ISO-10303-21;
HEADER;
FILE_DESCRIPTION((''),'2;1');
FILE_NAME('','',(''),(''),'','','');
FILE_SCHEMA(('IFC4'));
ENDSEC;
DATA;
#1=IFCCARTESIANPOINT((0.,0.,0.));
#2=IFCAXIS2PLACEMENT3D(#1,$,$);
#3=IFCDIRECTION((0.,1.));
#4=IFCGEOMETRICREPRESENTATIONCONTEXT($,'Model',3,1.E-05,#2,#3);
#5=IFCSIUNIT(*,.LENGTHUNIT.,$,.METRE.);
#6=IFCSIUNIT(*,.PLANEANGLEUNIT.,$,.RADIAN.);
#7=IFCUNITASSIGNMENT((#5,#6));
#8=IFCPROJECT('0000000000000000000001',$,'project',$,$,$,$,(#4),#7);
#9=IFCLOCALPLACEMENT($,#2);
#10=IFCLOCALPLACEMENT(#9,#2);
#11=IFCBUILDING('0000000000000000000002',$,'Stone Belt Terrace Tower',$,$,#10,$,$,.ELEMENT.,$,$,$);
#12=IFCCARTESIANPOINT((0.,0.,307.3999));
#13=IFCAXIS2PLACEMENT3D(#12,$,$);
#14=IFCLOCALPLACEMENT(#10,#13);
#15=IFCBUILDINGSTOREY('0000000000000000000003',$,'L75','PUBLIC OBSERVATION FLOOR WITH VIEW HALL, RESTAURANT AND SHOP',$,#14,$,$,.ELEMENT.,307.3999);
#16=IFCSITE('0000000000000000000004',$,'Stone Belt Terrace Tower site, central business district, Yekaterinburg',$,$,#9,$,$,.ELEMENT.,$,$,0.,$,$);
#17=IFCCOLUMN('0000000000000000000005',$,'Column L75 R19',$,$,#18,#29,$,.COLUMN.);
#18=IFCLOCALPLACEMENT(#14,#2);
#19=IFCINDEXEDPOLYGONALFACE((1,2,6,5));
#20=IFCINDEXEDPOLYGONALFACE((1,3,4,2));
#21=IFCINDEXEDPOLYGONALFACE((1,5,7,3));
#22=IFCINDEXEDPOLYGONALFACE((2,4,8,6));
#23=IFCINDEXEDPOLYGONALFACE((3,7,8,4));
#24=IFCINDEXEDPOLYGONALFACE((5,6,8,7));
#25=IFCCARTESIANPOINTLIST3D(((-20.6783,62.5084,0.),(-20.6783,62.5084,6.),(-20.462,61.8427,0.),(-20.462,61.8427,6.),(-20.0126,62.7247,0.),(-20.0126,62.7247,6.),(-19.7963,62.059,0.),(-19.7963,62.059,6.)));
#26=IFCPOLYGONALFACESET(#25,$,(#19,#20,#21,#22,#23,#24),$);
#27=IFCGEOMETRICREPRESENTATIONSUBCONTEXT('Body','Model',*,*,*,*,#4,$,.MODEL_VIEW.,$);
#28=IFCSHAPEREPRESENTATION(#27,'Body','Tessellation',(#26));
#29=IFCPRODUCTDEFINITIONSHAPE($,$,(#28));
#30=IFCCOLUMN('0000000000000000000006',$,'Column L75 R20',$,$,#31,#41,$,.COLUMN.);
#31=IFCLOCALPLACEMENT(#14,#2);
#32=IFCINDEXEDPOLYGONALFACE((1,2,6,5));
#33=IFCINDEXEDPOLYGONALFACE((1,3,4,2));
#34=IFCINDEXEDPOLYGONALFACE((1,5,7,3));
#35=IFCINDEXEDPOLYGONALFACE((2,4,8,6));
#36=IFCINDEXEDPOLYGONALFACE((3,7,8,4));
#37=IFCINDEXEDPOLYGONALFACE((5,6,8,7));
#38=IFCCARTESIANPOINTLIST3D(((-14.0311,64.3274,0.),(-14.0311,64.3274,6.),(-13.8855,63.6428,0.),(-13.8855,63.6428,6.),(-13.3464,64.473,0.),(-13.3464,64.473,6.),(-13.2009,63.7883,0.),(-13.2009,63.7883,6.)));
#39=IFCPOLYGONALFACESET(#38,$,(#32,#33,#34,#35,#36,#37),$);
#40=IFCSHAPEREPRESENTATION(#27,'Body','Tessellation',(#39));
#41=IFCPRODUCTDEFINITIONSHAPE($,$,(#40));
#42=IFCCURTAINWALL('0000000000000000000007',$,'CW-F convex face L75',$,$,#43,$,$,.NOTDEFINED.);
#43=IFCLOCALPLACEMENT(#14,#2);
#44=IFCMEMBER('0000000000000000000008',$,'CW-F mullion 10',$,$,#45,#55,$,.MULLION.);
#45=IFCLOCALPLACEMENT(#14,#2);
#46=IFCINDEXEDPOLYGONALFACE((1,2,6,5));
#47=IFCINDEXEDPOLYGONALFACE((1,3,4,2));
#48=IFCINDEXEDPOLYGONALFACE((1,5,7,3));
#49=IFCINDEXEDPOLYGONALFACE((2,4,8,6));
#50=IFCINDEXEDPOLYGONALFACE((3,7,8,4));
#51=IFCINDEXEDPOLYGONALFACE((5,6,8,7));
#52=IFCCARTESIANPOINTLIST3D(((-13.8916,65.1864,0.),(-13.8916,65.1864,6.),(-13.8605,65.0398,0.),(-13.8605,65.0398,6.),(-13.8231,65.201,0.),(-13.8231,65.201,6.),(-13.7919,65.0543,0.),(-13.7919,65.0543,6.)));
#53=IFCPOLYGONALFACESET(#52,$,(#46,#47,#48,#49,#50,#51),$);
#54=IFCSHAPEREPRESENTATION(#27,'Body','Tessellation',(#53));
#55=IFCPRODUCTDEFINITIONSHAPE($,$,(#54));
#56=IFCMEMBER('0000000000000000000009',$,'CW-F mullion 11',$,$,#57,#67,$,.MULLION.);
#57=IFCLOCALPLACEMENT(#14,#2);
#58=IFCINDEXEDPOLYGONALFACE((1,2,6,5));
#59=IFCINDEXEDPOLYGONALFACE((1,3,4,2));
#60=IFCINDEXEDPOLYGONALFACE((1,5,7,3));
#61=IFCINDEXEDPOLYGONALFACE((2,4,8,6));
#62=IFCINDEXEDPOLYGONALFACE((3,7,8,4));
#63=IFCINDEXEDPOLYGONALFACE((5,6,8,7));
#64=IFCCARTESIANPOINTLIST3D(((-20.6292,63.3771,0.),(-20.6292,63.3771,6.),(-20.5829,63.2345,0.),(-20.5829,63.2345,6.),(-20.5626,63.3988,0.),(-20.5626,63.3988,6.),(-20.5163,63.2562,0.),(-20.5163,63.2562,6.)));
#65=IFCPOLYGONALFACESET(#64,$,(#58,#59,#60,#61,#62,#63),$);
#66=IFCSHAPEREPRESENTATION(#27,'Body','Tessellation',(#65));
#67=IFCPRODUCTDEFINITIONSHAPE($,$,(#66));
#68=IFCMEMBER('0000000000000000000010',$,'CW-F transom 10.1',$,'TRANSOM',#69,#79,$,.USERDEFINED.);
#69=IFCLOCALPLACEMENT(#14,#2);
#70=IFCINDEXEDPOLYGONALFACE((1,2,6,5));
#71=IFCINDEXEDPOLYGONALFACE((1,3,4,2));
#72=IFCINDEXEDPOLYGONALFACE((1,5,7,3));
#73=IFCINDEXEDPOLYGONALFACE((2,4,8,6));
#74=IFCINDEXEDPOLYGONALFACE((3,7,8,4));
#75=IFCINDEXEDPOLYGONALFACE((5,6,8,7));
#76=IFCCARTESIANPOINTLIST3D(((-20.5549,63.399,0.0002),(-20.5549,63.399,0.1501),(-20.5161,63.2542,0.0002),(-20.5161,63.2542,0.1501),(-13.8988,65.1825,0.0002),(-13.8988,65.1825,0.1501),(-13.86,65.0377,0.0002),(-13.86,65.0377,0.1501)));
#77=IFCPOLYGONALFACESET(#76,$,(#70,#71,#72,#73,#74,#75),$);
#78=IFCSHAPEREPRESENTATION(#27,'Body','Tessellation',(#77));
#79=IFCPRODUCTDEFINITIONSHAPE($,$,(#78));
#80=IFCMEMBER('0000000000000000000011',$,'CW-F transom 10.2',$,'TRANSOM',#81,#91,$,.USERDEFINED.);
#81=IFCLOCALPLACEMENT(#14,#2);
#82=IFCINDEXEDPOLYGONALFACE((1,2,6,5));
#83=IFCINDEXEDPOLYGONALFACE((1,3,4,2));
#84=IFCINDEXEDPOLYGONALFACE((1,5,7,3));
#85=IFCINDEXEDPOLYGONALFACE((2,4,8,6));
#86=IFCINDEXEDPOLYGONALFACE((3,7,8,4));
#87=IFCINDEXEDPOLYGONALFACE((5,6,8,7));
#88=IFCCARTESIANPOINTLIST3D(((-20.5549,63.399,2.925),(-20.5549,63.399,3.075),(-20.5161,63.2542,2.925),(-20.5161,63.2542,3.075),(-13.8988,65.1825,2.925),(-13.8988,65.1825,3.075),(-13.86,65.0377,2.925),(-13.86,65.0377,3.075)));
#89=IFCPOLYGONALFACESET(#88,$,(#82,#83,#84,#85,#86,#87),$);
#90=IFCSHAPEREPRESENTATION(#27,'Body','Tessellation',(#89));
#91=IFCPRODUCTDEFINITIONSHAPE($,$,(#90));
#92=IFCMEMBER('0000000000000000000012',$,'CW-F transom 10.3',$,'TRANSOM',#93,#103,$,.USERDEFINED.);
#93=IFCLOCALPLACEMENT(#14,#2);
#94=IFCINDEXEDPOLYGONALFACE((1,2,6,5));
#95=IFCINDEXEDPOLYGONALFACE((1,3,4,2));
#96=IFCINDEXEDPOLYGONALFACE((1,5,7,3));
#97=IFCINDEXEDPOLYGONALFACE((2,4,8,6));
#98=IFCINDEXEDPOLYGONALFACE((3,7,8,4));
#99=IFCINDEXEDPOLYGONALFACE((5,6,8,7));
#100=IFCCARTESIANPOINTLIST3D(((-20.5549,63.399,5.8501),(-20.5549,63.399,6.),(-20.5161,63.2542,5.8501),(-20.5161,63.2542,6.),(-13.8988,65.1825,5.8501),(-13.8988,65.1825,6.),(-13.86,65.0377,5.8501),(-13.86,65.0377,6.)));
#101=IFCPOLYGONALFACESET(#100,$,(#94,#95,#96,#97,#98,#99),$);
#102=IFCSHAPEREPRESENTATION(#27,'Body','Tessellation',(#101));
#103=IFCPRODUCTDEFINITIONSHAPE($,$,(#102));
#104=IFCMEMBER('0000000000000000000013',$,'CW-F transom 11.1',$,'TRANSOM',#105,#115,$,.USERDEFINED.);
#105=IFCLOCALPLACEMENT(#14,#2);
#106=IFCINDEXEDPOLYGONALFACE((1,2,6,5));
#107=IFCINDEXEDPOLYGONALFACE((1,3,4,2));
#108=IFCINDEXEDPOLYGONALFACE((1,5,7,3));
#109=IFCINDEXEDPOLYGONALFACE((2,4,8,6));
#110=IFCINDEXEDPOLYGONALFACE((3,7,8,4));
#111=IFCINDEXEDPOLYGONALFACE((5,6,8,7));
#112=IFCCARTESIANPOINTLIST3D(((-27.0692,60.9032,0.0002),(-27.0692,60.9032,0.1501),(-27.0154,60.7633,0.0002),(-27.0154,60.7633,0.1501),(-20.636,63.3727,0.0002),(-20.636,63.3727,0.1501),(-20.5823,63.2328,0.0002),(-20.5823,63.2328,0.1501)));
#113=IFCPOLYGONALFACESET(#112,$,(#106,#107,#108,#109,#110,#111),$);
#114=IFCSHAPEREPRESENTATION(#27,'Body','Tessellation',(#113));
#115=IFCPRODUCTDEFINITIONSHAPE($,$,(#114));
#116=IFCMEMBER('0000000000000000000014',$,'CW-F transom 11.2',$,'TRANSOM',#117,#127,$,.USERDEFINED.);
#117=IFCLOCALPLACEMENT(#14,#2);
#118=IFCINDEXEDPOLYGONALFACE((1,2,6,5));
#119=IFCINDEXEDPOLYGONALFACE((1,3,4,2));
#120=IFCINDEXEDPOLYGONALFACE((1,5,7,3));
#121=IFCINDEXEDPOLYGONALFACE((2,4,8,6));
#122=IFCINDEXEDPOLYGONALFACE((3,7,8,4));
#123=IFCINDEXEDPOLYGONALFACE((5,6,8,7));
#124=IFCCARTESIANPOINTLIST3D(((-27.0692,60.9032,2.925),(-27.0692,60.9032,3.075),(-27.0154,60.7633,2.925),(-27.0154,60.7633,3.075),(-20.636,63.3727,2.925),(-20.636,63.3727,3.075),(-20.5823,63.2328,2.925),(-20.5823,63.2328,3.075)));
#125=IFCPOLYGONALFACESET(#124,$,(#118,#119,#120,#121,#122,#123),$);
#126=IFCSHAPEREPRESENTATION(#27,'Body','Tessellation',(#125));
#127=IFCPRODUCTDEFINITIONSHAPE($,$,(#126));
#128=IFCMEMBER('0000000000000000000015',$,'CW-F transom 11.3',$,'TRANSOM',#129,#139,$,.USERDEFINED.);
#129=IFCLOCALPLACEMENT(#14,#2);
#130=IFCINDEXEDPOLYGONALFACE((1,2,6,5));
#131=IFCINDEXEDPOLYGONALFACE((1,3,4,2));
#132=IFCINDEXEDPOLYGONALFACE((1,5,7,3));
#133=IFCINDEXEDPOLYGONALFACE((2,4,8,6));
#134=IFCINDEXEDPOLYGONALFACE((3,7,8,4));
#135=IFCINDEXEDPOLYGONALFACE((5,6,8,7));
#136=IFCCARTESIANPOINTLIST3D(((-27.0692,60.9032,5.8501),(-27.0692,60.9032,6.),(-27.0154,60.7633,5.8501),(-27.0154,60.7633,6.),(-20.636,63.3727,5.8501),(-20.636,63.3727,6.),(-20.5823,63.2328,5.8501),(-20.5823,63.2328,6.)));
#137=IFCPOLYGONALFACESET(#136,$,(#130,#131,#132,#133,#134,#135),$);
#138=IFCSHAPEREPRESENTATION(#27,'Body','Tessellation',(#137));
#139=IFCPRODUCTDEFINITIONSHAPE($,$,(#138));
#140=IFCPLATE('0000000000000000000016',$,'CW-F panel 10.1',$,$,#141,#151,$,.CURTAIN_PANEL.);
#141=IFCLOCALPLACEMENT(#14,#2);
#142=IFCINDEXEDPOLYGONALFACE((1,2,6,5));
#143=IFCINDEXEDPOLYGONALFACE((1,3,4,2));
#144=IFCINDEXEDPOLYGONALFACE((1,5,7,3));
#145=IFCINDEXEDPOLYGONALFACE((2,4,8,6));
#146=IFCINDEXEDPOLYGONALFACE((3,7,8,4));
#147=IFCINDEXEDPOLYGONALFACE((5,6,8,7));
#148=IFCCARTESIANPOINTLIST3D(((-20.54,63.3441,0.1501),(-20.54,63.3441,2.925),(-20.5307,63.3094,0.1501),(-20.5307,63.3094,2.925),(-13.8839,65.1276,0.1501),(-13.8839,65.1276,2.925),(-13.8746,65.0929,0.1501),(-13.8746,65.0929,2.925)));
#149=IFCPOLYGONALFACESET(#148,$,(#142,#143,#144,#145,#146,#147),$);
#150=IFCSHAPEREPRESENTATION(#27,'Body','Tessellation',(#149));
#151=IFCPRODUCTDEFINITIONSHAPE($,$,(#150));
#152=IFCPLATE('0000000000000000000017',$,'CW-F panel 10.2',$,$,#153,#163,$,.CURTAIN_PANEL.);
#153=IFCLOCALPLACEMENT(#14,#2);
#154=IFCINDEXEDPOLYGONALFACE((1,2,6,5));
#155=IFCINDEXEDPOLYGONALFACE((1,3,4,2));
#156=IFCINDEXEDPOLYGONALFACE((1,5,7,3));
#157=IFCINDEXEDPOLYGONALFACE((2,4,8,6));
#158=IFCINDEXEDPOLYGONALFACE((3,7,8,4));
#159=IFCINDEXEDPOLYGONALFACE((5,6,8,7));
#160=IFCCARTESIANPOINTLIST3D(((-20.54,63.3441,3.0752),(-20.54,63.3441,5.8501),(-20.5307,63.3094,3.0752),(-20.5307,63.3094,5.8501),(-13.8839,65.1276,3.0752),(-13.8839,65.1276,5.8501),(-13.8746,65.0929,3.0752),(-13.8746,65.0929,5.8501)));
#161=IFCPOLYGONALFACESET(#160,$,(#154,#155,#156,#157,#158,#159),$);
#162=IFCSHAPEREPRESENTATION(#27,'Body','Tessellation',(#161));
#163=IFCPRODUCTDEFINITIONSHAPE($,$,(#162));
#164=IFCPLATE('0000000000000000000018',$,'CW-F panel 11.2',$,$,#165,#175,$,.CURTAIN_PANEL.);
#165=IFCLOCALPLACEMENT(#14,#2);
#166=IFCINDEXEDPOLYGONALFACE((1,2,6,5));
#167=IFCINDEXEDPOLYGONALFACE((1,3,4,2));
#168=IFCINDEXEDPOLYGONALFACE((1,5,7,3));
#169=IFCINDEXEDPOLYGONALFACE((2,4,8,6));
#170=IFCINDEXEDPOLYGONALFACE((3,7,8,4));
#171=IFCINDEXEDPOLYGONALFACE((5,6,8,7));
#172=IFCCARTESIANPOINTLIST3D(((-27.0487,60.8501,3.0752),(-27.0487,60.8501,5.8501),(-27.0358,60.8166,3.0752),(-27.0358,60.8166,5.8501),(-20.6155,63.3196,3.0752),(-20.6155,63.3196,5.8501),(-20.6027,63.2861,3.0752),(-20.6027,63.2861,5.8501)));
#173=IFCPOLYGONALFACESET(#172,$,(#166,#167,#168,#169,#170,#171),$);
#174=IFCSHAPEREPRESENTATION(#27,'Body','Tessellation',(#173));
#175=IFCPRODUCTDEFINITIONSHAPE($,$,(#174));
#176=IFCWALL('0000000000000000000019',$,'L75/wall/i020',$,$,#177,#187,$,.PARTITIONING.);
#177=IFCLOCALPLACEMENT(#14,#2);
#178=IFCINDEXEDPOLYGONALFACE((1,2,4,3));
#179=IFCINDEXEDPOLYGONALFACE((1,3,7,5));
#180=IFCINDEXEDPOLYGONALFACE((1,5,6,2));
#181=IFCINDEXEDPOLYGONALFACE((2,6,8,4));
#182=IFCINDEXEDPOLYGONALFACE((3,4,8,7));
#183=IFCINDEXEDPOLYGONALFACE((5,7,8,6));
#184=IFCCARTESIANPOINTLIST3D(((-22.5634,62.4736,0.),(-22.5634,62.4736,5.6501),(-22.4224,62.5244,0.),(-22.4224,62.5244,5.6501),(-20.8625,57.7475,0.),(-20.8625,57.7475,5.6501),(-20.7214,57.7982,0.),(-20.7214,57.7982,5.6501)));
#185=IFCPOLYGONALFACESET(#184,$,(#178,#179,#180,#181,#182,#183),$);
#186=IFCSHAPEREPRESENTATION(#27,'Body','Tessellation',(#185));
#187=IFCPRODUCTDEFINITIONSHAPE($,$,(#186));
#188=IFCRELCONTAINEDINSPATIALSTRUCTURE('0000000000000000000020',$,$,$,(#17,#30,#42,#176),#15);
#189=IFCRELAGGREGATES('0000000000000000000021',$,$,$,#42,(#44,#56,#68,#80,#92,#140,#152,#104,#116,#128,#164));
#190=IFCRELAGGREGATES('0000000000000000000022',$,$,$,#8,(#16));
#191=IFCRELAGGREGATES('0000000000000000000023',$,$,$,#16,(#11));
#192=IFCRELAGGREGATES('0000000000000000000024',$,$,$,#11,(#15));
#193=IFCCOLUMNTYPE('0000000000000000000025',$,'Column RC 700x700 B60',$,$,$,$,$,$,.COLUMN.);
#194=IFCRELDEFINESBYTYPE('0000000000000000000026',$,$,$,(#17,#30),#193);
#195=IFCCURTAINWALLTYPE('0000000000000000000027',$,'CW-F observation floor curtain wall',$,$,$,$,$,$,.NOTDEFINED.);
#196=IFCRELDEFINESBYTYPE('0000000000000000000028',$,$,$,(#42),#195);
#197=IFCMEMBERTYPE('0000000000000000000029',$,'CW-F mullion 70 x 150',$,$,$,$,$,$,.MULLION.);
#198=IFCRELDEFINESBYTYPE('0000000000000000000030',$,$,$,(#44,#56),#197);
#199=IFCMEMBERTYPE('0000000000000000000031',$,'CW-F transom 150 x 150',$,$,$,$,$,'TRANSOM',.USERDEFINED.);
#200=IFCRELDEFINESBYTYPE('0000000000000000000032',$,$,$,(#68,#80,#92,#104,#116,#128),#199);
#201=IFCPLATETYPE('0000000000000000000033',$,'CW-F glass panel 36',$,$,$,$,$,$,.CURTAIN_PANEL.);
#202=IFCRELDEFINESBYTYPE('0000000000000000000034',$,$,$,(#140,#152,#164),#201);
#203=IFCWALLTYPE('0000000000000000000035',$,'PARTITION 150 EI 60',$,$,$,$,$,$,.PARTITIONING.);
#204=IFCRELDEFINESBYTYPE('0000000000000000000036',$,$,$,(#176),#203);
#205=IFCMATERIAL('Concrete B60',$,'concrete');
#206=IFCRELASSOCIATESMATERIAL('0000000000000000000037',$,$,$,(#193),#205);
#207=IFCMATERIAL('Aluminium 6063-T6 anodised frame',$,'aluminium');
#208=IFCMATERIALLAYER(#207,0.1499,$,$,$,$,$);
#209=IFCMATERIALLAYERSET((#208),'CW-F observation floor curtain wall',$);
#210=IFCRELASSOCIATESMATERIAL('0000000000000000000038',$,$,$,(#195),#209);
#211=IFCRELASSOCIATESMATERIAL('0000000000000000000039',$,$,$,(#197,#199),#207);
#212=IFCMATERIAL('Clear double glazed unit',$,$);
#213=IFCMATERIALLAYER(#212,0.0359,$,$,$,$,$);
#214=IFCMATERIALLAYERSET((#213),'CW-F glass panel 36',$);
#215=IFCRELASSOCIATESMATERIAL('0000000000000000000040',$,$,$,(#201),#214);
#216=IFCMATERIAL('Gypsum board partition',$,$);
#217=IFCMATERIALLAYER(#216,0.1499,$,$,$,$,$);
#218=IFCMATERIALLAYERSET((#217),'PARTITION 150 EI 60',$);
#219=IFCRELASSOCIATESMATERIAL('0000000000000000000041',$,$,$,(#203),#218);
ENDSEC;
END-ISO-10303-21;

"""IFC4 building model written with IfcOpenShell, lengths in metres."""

from ifc_helpers import new_model, si_unit, direction, frame, frame_2d, origin, origin_2d, place, context, subcontext, project, spatial, rectangle, extrude, material, layer, layer_set, material_profile, profile_set, type_object, element, aggregate, save


model = new_model("IFC4")

# Units and contexts
model_context = context("Model", 3, precision=1e-05, world=origin(), true_north=direction((0.0, 1.0)))
body_context = subcontext(model_context, "Body", "Model", "MODEL_VIEW")
ifc_project = project(units=[si_unit("LENGTHUNIT", "METRE"), si_unit("PLANEANGLEUNIT", "RADIAN")], contexts=[model_context])

# Site, building, storey
site_placement = place(None, origin())
site = spatial("IfcSite", under=ifc_project, at=site_placement, Name="Stone Belt Terrace Tower site, central business district, Yekaterinburg", CompositionType="ELEMENT", RefElevation=0.0)
building_placement = place(site_placement, origin())
building = spatial("IfcBuilding", under=site, at=building_placement, Name="Stone Belt Terrace Tower", CompositionType="ELEMENT")
storey_placement = place(building_placement, frame((0.0, 0.0, 307.3999)))
storey = spatial("IfcBuildingStorey", under=building, at=storey_placement, Name="L75", Description="PUBLIC OBSERVATION FLOOR WITH VIEW HALL, RESTAURANT AND SHOP", CompositionType="ELEMENT", Elevation=307.3999)

# Columns
ifc_material_1 = material(Name="Concrete B60", Category="concrete")
ifc_material_profile_1 = material_profile(ifc_material_1, rectangle(XDim=0.7, YDim=0.7, at=origin_2d()), Name="RC 700x700")
ifc_profile_set_1 = profile_set([ifc_material_profile_1], Name="Concrete B60")
column_type = type_object("IfcColumnType", Name="Column RC 700x700 B60", PredefinedType="COLUMN", material=ifc_profile_set_1)
for number, where, z_axis, x_axis, name in (
    (1, (-20.2373, 62.2837, 0.0), (0.0, 0.0, 1.0), (0.951057, 0.309017, 0.0), "Column L75 R19"),
    (2, (-13.616, 64.0579, 0.0), (0.0, 0.0, 1.0), (0.978148, 0.207912, 0.0), "Column L75 R20"),
):
    element("IfcColumn", number, at=place(storey_placement, frame(where, z_axis=z_axis, x_axis=x_axis)), inside=storey, type_object=column_type, Name=name, PredefinedType="COLUMN", context=body_context, shape_type="SweptSolid", body=[
        extrude(rectangle(XDim=0.7, YDim=0.7, at=origin_2d()), origin(), (0.0, 0.0, 1.0), 6.0),
    ])

# Curtain wall, members, plates
ifc_material_2 = material(Name="Aluminium 6063-T6 anodised frame", Category="aluminium")
ifc_layer_1 = layer(ifc_material_2, 0.1499)
ifc_layer_set_1 = layer_set([ifc_layer_1], Name="CW-F observation floor curtain wall")
curtain_wall_type = type_object("IfcCurtainWallType", Name="CW-F observation floor curtain wall", PredefinedType="NOTDEFINED", material=ifc_layer_set_1)
curtain_wall_placement = place(storey_placement, origin())
curtain_wall = element("IfcCurtainWall", 3, at=curtain_wall_placement, inside=storey, type_object=curtain_wall_type, Name="CW-F convex face L75", PredefinedType="NOTDEFINED")
ifc_material_profile_2 = material_profile(ifc_material_2, rectangle(XDim=0.1499, YDim=0.0701, at=origin_2d()), Name="Aluminium 6063-T6 70x150")
ifc_profile_set_2 = profile_set([ifc_material_profile_2], Name="Aluminium 6063-T6 anodised frame")
member_type_1 = type_object("IfcMemberType", Name="CW-F mullion 70 x 150", PredefinedType="MULLION", material=ifc_profile_set_2)
member_1_placement = place(storey_placement, frame((-13.8418, 65.1204, 0.0), z_axis=(0.0, 0.0, 1.0), x_axis=(0.207912, -0.978148, 0.0)))
member_1 = element("IfcMember", 4, at=member_1_placement, type_object=member_type_1, Name="CW-F mullion 10", PredefinedType="MULLION", context=body_context, shape_type="SweptSolid", body=[
    extrude(rectangle(XDim=0.1499, YDim=0.0701, at=origin_2d()), origin(), (0.0, 0.0, 1.0), 6.0),
])
member_2_placement = place(storey_placement, frame((-20.5728, 63.3167, 0.0), z_axis=(0.0, 0.0, 1.0), x_axis=(0.309017, -0.951057, 0.0)))
member_2 = element("IfcMember", 5, at=member_2_placement, type_object=member_type_1, Name="CW-F mullion 11", PredefinedType="MULLION", context=body_context, shape_type="SweptSolid", body=[
    extrude(rectangle(XDim=0.1499, YDim=0.0701, at=origin_2d()), origin(), (0.0, 0.0, 1.0), 6.0),
])
ifc_material_profile_3 = material_profile(ifc_material_2, rectangle(XDim=0.1499, YDim=0.1499, at=origin_2d()), Name="Aluminium 6063-T6 150x150")
ifc_profile_set_3 = profile_set([ifc_material_profile_3], Name="Aluminium 6063-T6 anodised frame")
member_type_2 = type_object("IfcMemberType", Name="CW-F transom 150 x 150", ElementType="TRANSOM", PredefinedType="USERDEFINED", material=ifc_profile_set_3)
member_3_placement = place(storey_placement, frame((-13.8794, 65.1101, 0.0752), z_axis=(-0.965927, -0.258816, 0.0), x_axis=(0.258816, -0.965927, 0.0)))
member_3 = element("IfcMember", 6, at=member_3_placement, type_object=member_type_2, Name="CW-F transom 10.1", ObjectType="TRANSOM", PredefinedType="USERDEFINED", context=body_context, shape_type="SweptSolid", body=[
    extrude(rectangle(XDim=0.1499, YDim=0.1499, at=origin_2d()), origin(), (0.0, 0.0, 1.0), 6.8909),
])
member_4_placement = place(storey_placement, frame((-13.8794, 65.1101, 3.0), z_axis=(-0.965927, -0.258816, 0.0), x_axis=(0.258816, -0.965927, 0.0)))
member_4 = element("IfcMember", 7, at=member_4_placement, type_object=member_type_2, Name="CW-F transom 10.2", ObjectType="TRANSOM", PredefinedType="USERDEFINED", context=body_context, shape_type="SweptSolid", body=[
    extrude(rectangle(XDim=0.1499, YDim=0.1499, at=origin_2d()), origin(), (0.0, 0.0, 1.0), 6.8909),
])
member_5_placement = place(storey_placement, frame((-13.8794, 65.1101, 5.925), z_axis=(-0.965927, -0.258816, 0.0), x_axis=(0.258816, -0.965927, 0.0)))
member_5 = element("IfcMember", 8, at=member_5_placement, type_object=member_type_2, Name="CW-F transom 10.3", ObjectType="TRANSOM", PredefinedType="USERDEFINED", context=body_context, shape_type="SweptSolid", body=[
    extrude(rectangle(XDim=0.1499, YDim=0.1499, at=origin_2d()), origin(), (0.0, 0.0, 1.0), 6.8909),
])
member_6_placement = place(storey_placement, frame((-20.6091, 63.3027, 0.0752), z_axis=(-0.933578, -0.358374, 0.0), x_axis=(0.358374, -0.933578, 0.0)))
member_6 = element("IfcMember", 9, at=member_6_placement, type_object=member_type_2, Name="CW-F transom 11.1", ObjectType="TRANSOM", PredefinedType="USERDEFINED", context=body_context, shape_type="SweptSolid", body=[
    extrude(rectangle(XDim=0.1499, YDim=0.1499, at=origin_2d()), origin(), (0.0, 0.0, 1.0), 6.8909),
])
member_7_placement = place(storey_placement, frame((-20.6091, 63.3027, 3.0), z_axis=(-0.933578, -0.358374, 0.0), x_axis=(0.358374, -0.933578, 0.0)))
member_7 = element("IfcMember", 10, at=member_7_placement, type_object=member_type_2, Name="CW-F transom 11.2", ObjectType="TRANSOM", PredefinedType="USERDEFINED", context=body_context, shape_type="SweptSolid", body=[
    extrude(rectangle(XDim=0.1499, YDim=0.1499, at=origin_2d()), origin(), (0.0, 0.0, 1.0), 6.8909),
])
member_8_placement = place(storey_placement, frame((-20.6091, 63.3027, 5.925), z_axis=(-0.933578, -0.358374, 0.0), x_axis=(0.358374, -0.933578, 0.0)))
member_8 = element("IfcMember", 11, at=member_8_placement, type_object=member_type_2, Name="CW-F transom 11.3", ObjectType="TRANSOM", PredefinedType="USERDEFINED", context=body_context, shape_type="SweptSolid", body=[
    extrude(rectangle(XDim=0.1499, YDim=0.1499, at=origin_2d()), origin(), (0.0, 0.0, 1.0), 6.8909),
])
ifc_material_3 = material(Name="Clear double glazed unit")
ifc_layer_2 = layer(ifc_material_3, 0.0359)
ifc_layer_set_2 = layer_set([ifc_layer_2], Name="CW-F glass panel 36")
plate_type = type_object("IfcPlateType", Name="CW-F glass panel 36", PredefinedType="CURTAIN_PANEL", material=ifc_layer_set_2)
plate_1_placement = place(storey_placement, frame((-17.2073, 64.2185, 0.1501), z_axis=(0.0, 0.0, 1.0), x_axis=(-0.965926, -0.258819, 0.0)))
plate_1 = element("IfcPlate", 12, at=plate_1_placement, type_object=plate_type, Name="CW-F panel 10.1", PredefinedType="CURTAIN_PANEL", context=body_context, shape_type="SweptSolid", body=[
    extrude(rectangle(XDim=6.8909, YDim=0.0359, at=origin_2d()), origin(), (0.0, 0.0, 1.0), 2.7749),
])
plate_2_placement = place(storey_placement, frame((-17.2073, 64.2185, 3.0752), z_axis=(0.0, 0.0, 1.0), x_axis=(-0.965926, -0.258819, 0.0)))
plate_2 = element("IfcPlate", 13, at=plate_2_placement, type_object=plate_type, Name="CW-F panel 10.2", PredefinedType="CURTAIN_PANEL", context=body_context, shape_type="SweptSolid", body=[
    extrude(rectangle(XDim=6.8909, YDim=0.0359, at=origin_2d()), origin(), (0.0, 0.0, 1.0), 2.7749),
])
plate_3_placement = place(storey_placement, frame((-23.8257, 62.0681, 3.0752), z_axis=(0.0, 0.0, 1.0), x_axis=(-0.93358, -0.358368, 0.0)))
plate_3 = element("IfcPlate", 14, at=plate_3_placement, type_object=plate_type, Name="CW-F panel 11.2", PredefinedType="CURTAIN_PANEL", context=body_context, shape_type="SweptSolid", body=[
    extrude(rectangle(XDim=6.8909, YDim=0.0359, at=origin_2d()), origin(), (0.0, 0.0, 1.0), 2.7749),
])
aggregate(curtain_wall, [member_1, member_2, member_3, member_4, member_5, plate_1, plate_2, member_6, member_7, member_8, plate_3])

# Wall
ifc_material_4 = material(Name="Gypsum board partition")
ifc_layer_3 = layer(ifc_material_4, 0.1499)
ifc_layer_set_3 = layer_set([ifc_layer_3], Name="PARTITION 150 EI 60")
wall_type = type_object("IfcWallType", Name="PARTITION 150 EI 60", PredefinedType="PARTITIONING", material=ifc_layer_set_3)
wall_placement = place(storey_placement, frame((-22.4929, 62.499, 0.0), z_axis=(0.0, 0.0, 1.0), x_axis=(0.338639, -0.940917, 0.0)))
element("IfcWall", 15, at=wall_placement, inside=storey, type_object=wall_type, Name="L75/wall/i020", PredefinedType="PARTITIONING", context=body_context, shape_type="SweptSolid", body=[
    extrude(rectangle(XDim=5.0229, YDim=0.1499, at=frame_2d((2.5115, 0.0))), origin(), (0.0, 0.0, 1.0), 5.6501),
])

save(model, "model.ifc")
